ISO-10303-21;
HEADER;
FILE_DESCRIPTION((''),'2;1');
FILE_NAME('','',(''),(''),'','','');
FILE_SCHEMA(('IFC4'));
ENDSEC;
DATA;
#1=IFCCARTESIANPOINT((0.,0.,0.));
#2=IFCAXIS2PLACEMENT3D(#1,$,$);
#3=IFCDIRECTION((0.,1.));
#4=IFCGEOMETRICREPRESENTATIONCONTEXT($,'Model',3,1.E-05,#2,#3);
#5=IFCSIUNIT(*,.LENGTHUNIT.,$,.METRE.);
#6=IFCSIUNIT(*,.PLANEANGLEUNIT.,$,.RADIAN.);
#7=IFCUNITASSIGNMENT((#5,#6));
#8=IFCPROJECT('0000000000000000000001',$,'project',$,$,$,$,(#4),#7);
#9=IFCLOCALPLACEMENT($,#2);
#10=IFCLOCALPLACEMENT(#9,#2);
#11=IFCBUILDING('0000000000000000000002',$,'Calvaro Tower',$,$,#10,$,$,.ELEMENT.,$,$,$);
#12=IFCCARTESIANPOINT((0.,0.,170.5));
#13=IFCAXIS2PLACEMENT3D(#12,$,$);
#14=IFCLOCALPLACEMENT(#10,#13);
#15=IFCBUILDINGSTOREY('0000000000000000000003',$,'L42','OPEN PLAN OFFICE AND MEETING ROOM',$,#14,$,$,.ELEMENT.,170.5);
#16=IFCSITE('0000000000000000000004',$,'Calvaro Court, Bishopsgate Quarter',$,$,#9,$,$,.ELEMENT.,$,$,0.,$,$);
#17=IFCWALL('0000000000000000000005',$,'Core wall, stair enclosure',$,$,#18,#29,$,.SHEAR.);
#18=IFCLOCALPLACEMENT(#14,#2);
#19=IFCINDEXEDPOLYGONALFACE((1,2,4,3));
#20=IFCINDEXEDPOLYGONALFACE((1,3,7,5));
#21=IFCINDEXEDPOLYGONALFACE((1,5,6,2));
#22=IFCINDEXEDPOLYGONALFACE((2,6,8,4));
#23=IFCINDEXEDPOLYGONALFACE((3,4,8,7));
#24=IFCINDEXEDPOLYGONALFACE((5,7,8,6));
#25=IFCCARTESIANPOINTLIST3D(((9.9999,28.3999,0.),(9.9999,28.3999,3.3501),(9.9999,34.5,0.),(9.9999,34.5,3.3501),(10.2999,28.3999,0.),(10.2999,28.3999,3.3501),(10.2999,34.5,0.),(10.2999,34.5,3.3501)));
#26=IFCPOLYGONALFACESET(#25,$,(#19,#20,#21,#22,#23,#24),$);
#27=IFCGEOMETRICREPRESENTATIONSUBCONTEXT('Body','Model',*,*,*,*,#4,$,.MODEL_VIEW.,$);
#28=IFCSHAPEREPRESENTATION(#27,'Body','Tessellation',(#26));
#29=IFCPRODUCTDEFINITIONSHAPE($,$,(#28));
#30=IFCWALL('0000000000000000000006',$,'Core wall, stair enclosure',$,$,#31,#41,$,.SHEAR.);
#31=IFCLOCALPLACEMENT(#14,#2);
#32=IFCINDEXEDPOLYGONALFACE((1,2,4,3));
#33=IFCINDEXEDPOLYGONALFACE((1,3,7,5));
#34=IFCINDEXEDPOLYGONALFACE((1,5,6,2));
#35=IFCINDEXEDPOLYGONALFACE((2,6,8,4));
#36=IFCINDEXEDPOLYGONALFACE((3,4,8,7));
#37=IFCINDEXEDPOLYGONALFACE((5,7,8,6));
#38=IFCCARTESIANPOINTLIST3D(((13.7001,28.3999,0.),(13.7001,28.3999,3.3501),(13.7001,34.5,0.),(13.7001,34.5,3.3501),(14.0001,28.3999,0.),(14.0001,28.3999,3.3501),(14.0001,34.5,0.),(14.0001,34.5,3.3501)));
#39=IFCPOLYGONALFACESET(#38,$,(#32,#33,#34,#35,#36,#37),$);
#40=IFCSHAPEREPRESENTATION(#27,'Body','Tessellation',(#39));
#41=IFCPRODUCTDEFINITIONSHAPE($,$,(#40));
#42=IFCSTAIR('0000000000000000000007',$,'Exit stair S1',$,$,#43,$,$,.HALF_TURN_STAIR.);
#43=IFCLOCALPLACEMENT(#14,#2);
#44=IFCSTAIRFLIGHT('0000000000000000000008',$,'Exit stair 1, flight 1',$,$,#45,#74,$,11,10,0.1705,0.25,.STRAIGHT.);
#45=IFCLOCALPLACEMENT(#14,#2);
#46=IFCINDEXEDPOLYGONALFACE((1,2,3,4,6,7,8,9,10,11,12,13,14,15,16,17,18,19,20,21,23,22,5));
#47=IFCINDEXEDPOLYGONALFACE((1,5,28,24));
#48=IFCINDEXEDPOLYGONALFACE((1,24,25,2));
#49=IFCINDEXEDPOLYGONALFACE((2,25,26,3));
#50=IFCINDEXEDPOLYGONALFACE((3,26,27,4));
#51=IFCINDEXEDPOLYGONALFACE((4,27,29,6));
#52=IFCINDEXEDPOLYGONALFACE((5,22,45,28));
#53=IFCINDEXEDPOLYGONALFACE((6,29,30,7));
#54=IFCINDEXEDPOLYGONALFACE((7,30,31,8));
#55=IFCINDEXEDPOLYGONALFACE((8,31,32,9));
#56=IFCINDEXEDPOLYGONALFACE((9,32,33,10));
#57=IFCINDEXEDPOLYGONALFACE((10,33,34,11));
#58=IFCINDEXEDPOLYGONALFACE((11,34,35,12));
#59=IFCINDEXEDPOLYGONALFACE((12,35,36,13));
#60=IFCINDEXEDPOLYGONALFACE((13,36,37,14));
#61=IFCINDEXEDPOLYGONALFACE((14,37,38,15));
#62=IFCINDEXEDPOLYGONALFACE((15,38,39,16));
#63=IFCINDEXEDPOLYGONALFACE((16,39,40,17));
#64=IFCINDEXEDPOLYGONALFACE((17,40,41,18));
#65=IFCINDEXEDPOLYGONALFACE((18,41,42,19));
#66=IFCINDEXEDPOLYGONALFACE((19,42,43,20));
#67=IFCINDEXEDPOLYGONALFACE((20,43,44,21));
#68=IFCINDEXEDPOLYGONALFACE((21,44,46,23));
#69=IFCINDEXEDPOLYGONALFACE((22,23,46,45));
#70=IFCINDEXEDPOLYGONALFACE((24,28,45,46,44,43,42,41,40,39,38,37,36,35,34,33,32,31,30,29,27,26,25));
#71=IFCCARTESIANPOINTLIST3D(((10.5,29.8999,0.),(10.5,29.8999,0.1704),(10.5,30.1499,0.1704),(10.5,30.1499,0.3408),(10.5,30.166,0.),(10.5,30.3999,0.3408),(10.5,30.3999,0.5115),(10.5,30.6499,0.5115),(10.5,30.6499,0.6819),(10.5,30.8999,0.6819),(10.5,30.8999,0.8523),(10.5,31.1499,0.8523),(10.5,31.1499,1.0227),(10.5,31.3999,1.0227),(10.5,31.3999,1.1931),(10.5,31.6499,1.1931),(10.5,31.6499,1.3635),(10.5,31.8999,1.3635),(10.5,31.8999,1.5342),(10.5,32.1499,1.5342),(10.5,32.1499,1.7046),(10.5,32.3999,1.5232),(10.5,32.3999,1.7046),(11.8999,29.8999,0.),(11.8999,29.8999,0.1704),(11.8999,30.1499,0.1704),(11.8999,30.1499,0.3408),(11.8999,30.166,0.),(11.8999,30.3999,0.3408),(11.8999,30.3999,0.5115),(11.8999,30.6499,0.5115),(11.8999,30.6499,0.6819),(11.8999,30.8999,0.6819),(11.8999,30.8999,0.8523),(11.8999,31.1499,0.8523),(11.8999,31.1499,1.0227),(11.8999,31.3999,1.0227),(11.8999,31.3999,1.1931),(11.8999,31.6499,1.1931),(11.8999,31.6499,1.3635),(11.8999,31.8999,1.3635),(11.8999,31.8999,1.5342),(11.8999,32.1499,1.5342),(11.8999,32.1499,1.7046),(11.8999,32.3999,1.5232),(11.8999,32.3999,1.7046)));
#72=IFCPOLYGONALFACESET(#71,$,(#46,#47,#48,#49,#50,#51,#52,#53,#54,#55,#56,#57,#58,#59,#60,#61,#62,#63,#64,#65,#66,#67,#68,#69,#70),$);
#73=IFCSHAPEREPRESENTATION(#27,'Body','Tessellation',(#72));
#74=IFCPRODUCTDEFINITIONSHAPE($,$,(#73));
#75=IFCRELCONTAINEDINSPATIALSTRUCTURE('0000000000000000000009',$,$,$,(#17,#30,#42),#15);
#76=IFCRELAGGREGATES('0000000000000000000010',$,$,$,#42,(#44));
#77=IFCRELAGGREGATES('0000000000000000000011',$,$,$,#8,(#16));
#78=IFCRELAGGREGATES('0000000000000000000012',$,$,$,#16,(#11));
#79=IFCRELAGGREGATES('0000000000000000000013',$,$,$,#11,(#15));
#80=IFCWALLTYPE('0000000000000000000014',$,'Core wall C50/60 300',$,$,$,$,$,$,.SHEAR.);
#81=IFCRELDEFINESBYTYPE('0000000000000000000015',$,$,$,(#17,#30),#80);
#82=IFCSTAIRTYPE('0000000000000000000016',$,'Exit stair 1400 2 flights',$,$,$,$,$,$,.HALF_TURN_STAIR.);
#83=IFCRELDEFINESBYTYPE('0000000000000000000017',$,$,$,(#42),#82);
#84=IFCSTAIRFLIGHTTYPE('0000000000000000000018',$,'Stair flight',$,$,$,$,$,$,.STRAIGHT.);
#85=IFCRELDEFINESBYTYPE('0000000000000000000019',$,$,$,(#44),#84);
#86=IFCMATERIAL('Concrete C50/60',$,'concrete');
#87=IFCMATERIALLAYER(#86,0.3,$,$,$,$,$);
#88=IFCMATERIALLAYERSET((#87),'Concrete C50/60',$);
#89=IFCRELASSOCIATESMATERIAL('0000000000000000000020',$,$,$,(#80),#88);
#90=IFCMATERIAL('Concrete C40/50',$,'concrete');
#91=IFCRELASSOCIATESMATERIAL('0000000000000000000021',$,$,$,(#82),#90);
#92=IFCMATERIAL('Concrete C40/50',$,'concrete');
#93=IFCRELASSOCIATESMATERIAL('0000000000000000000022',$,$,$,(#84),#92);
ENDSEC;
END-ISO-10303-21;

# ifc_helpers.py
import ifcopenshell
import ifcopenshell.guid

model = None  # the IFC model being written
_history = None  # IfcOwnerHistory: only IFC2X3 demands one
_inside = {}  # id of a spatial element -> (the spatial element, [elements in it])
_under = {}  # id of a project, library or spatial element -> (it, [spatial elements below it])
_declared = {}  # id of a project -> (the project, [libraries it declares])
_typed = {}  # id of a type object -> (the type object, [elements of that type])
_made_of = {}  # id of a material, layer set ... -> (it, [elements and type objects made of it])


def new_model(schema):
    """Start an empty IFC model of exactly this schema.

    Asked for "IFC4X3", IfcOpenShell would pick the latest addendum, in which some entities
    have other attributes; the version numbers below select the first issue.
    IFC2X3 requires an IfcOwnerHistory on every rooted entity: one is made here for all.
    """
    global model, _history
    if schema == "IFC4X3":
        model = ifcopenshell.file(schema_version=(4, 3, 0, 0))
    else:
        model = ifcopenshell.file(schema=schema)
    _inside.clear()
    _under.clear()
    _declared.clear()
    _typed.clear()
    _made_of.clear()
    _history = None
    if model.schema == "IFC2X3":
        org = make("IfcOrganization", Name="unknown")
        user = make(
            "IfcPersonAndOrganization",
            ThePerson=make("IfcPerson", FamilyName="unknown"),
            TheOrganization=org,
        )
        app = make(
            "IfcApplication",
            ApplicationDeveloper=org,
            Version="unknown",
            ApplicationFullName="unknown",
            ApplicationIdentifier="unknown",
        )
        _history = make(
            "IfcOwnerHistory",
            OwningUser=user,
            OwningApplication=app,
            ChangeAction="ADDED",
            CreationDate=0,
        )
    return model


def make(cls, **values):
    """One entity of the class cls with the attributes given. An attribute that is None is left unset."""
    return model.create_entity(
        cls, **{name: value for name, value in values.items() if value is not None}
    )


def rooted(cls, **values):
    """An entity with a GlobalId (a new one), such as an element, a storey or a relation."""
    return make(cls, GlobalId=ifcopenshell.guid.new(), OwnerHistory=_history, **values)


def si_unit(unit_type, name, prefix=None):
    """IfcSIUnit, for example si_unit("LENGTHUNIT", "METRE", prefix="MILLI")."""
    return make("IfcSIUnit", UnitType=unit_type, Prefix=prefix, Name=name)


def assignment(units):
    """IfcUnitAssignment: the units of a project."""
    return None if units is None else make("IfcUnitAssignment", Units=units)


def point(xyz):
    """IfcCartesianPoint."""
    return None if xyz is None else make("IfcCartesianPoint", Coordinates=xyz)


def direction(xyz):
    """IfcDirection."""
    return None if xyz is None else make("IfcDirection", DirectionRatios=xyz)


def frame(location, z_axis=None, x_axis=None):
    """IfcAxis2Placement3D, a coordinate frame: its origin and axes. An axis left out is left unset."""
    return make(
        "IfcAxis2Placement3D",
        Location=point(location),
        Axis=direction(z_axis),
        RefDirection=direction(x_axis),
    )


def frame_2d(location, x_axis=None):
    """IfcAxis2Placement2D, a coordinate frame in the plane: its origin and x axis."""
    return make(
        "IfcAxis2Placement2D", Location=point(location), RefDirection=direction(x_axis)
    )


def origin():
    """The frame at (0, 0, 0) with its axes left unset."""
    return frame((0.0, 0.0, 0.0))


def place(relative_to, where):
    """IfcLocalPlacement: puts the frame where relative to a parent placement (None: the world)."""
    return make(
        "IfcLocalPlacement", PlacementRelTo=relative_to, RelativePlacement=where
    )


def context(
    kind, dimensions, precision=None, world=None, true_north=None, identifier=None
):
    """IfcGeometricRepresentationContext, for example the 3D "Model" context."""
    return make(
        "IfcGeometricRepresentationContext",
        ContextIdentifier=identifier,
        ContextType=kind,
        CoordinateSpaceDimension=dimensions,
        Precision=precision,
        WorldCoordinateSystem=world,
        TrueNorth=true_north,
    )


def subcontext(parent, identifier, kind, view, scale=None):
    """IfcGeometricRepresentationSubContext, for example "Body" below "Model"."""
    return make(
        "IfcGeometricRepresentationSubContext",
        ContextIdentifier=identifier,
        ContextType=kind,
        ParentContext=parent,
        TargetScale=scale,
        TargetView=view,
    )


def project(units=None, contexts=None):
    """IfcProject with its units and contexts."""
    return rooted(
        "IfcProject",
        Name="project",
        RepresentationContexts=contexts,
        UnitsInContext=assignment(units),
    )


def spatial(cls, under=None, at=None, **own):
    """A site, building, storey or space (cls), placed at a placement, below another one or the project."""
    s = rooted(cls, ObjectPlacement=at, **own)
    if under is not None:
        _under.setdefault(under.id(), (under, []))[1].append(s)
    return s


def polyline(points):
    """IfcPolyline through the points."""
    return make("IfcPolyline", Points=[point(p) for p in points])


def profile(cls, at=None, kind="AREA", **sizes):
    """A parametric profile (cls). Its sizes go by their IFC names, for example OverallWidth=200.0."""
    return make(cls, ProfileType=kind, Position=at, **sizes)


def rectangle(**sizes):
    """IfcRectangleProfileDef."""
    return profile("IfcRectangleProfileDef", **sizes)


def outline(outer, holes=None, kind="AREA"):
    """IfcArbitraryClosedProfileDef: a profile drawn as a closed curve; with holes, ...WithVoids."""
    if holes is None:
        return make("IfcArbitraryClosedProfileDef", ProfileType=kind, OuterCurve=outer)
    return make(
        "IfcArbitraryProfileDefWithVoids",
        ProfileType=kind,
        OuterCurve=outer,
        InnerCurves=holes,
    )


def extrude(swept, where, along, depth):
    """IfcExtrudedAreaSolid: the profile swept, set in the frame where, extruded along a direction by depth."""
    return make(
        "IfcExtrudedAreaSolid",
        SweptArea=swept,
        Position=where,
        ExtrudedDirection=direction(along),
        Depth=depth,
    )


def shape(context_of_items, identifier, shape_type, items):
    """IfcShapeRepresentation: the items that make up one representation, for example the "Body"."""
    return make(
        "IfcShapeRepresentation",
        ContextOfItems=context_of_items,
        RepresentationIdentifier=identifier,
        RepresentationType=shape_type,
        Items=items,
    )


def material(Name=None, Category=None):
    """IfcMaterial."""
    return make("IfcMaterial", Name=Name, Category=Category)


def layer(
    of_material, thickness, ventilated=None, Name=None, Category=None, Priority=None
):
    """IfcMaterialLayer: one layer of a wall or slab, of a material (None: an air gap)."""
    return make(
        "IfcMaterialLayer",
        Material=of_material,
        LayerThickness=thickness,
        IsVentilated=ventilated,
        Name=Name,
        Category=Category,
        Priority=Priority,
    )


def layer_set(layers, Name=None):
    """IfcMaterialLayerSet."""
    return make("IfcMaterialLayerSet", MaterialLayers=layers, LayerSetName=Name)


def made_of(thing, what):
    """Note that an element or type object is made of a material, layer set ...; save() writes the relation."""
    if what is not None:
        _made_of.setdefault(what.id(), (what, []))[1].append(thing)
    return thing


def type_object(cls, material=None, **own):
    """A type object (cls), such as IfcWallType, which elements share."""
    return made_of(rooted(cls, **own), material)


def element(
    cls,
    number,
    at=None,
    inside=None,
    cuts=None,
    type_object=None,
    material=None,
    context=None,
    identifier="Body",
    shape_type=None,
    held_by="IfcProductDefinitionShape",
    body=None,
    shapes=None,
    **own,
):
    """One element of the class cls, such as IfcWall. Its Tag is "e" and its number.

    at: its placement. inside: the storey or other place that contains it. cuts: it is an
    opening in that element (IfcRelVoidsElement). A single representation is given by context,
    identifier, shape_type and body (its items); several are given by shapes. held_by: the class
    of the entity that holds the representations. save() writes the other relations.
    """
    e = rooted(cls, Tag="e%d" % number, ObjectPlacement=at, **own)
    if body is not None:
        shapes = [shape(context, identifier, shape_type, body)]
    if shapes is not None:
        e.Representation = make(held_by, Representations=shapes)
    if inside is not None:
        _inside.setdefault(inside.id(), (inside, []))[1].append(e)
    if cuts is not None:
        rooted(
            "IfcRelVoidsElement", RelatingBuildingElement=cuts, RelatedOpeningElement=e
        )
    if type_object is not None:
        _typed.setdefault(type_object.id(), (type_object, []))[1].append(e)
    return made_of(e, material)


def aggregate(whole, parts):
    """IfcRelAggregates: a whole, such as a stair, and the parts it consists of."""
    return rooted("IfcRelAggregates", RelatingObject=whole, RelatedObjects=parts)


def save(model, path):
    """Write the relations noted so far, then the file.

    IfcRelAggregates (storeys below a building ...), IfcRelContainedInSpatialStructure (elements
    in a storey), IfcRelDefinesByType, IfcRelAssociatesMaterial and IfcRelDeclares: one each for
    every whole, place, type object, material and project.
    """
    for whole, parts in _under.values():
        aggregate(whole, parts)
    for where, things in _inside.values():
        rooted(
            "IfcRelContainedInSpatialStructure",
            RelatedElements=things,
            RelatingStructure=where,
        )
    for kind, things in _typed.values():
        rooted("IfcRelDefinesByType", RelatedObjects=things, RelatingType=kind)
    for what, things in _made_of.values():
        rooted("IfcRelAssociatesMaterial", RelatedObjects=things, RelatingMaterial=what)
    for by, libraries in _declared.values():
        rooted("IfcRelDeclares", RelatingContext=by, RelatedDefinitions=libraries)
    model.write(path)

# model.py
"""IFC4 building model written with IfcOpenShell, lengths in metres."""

from ifc_helpers import new_model, si_unit, direction, frame, frame_2d, origin, place, context, subcontext, project, spatial, polyline, rectangle, outline, extrude, material, layer, layer_set, type_object, element, aggregate, save


model = new_model("IFC4")

# Units and contexts
model_context = context("Model", 3, precision=1e-05, world=origin(), true_north=direction((0.0, 1.0)))
body_context = subcontext(model_context, "Body", "Model", "MODEL_VIEW")
ifc_project = project(units=[si_unit("LENGTHUNIT", "METRE"), si_unit("PLANEANGLEUNIT", "RADIAN")], contexts=[model_context])

# Site, building, storey
site_placement = place(None, origin())
site = spatial("IfcSite", under=ifc_project, at=site_placement, Name="Calvaro Court, Bishopsgate Quarter", CompositionType="ELEMENT", RefElevation=0.0)
building_placement = place(site_placement, origin())
building = spatial("IfcBuilding", under=site, at=building_placement, Name="Calvaro Tower", CompositionType="ELEMENT")
storey_placement = place(building_placement, frame((0.0, 0.0, 170.5)))
storey = spatial("IfcBuildingStorey", under=building, at=storey_placement, Name="L42", Description="OPEN PLAN OFFICE AND MEETING ROOM", CompositionType="ELEMENT", Elevation=170.5)

# Walls
ifc_material_1 = material(Name="Concrete C50/60", Category="concrete")
ifc_layer = layer(ifc_material_1, 0.3)
ifc_layer_set = layer_set([ifc_layer], Name="Concrete C50/60")
wall_type = type_object("IfcWallType", Name="Core wall C50/60 300", PredefinedType="SHEAR", material=ifc_layer_set)
for number, where, z_axis, x_axis, name in (
    (1, (10.1499, 28.3999, 0.0), (0.0, 0.0, 1.0), (0.0, 1.0, 0.0), "Core wall, stair enclosure"),
    (2, (13.8501, 28.3999, 0.0), (0.0, 0.0, 1.0), (0.0, 1.0, 0.0), "Core wall, stair enclosure"),
):
    element("IfcWall", number, at=place(storey_placement, frame(where, z_axis=z_axis, x_axis=x_axis)), inside=storey, type_object=wall_type, Name=name, PredefinedType="SHEAR", context=body_context, shape_type="SweptSolid", body=[
        extrude(rectangle(XDim=6.1001, YDim=0.3, at=frame_2d((3.05, 0.0))), origin(), (0.0, 0.0, 1.0), 3.3501),
    ])

# Stair, stair flight
ifc_material_2 = material(Name="Concrete C40/50", Category="concrete")
stair_type = type_object("IfcStairType", Name="Exit stair 1400 2 flights", PredefinedType="HALF_TURN_STAIR", material=ifc_material_2)
stair_placement = place(storey_placement, origin())
stair = element("IfcStair", 3, at=stair_placement, inside=storey, type_object=stair_type, Name="Exit stair S1", PredefinedType="HALF_TURN_STAIR")
ifc_material_3 = material(Name="Concrete C40/50", Category="concrete")
stair_flight_type = type_object("IfcStairFlightType", Name="Stair flight", PredefinedType="STRAIGHT", material=ifc_material_3)
stair_flight_placement = place(storey_placement, frame((11.2, 29.8999, 0.0), z_axis=(0.0, 0.0, 1.0), x_axis=(0.0, 1.0, 0.0)))
stair_flight = element("IfcStairFlight", 4, at=stair_flight_placement, type_object=stair_flight_type, Name="Exit stair 1, flight 1", NumberOfRisers=11, NumberOfTreads=10, PredefinedType="STRAIGHT", RiserHeight=0.1705, TreadLength=0.25, context=body_context, shape_type="SweptSolid", body=[
    extrude(outline(polyline([(0.0, 0.0), (0.0, 0.1704), (0.25, 0.1704), (0.25, 0.3408), (0.5, 0.3408), (0.5, 0.5115), (0.75, 0.5115), (0.75, 0.6819), (1.0, 0.6819), (1.0, 0.8523), (1.25, 0.8523), (1.25, 1.0227), (1.5, 1.0227), (1.5, 1.1931), (1.75, 1.1931), (1.75, 1.3635), (2.0, 1.3635), (2.0, 1.5342), (2.25, 1.5342), (2.25, 1.7046), (2.5, 1.7046), (2.5, 1.875), (2.5, 1.5232), (0.2661, 0.0), (0.0, 0.0)])), frame((0.0, 0.7, 0.0), z_axis=(0.0, -1.0, 0.0), x_axis=(1.0, 0.0, 0.0)), (0.0, 0.0, 1.0), 1.3999),
])
aggregate(stair, [stair_flight])

save(model, "model.ifc")
